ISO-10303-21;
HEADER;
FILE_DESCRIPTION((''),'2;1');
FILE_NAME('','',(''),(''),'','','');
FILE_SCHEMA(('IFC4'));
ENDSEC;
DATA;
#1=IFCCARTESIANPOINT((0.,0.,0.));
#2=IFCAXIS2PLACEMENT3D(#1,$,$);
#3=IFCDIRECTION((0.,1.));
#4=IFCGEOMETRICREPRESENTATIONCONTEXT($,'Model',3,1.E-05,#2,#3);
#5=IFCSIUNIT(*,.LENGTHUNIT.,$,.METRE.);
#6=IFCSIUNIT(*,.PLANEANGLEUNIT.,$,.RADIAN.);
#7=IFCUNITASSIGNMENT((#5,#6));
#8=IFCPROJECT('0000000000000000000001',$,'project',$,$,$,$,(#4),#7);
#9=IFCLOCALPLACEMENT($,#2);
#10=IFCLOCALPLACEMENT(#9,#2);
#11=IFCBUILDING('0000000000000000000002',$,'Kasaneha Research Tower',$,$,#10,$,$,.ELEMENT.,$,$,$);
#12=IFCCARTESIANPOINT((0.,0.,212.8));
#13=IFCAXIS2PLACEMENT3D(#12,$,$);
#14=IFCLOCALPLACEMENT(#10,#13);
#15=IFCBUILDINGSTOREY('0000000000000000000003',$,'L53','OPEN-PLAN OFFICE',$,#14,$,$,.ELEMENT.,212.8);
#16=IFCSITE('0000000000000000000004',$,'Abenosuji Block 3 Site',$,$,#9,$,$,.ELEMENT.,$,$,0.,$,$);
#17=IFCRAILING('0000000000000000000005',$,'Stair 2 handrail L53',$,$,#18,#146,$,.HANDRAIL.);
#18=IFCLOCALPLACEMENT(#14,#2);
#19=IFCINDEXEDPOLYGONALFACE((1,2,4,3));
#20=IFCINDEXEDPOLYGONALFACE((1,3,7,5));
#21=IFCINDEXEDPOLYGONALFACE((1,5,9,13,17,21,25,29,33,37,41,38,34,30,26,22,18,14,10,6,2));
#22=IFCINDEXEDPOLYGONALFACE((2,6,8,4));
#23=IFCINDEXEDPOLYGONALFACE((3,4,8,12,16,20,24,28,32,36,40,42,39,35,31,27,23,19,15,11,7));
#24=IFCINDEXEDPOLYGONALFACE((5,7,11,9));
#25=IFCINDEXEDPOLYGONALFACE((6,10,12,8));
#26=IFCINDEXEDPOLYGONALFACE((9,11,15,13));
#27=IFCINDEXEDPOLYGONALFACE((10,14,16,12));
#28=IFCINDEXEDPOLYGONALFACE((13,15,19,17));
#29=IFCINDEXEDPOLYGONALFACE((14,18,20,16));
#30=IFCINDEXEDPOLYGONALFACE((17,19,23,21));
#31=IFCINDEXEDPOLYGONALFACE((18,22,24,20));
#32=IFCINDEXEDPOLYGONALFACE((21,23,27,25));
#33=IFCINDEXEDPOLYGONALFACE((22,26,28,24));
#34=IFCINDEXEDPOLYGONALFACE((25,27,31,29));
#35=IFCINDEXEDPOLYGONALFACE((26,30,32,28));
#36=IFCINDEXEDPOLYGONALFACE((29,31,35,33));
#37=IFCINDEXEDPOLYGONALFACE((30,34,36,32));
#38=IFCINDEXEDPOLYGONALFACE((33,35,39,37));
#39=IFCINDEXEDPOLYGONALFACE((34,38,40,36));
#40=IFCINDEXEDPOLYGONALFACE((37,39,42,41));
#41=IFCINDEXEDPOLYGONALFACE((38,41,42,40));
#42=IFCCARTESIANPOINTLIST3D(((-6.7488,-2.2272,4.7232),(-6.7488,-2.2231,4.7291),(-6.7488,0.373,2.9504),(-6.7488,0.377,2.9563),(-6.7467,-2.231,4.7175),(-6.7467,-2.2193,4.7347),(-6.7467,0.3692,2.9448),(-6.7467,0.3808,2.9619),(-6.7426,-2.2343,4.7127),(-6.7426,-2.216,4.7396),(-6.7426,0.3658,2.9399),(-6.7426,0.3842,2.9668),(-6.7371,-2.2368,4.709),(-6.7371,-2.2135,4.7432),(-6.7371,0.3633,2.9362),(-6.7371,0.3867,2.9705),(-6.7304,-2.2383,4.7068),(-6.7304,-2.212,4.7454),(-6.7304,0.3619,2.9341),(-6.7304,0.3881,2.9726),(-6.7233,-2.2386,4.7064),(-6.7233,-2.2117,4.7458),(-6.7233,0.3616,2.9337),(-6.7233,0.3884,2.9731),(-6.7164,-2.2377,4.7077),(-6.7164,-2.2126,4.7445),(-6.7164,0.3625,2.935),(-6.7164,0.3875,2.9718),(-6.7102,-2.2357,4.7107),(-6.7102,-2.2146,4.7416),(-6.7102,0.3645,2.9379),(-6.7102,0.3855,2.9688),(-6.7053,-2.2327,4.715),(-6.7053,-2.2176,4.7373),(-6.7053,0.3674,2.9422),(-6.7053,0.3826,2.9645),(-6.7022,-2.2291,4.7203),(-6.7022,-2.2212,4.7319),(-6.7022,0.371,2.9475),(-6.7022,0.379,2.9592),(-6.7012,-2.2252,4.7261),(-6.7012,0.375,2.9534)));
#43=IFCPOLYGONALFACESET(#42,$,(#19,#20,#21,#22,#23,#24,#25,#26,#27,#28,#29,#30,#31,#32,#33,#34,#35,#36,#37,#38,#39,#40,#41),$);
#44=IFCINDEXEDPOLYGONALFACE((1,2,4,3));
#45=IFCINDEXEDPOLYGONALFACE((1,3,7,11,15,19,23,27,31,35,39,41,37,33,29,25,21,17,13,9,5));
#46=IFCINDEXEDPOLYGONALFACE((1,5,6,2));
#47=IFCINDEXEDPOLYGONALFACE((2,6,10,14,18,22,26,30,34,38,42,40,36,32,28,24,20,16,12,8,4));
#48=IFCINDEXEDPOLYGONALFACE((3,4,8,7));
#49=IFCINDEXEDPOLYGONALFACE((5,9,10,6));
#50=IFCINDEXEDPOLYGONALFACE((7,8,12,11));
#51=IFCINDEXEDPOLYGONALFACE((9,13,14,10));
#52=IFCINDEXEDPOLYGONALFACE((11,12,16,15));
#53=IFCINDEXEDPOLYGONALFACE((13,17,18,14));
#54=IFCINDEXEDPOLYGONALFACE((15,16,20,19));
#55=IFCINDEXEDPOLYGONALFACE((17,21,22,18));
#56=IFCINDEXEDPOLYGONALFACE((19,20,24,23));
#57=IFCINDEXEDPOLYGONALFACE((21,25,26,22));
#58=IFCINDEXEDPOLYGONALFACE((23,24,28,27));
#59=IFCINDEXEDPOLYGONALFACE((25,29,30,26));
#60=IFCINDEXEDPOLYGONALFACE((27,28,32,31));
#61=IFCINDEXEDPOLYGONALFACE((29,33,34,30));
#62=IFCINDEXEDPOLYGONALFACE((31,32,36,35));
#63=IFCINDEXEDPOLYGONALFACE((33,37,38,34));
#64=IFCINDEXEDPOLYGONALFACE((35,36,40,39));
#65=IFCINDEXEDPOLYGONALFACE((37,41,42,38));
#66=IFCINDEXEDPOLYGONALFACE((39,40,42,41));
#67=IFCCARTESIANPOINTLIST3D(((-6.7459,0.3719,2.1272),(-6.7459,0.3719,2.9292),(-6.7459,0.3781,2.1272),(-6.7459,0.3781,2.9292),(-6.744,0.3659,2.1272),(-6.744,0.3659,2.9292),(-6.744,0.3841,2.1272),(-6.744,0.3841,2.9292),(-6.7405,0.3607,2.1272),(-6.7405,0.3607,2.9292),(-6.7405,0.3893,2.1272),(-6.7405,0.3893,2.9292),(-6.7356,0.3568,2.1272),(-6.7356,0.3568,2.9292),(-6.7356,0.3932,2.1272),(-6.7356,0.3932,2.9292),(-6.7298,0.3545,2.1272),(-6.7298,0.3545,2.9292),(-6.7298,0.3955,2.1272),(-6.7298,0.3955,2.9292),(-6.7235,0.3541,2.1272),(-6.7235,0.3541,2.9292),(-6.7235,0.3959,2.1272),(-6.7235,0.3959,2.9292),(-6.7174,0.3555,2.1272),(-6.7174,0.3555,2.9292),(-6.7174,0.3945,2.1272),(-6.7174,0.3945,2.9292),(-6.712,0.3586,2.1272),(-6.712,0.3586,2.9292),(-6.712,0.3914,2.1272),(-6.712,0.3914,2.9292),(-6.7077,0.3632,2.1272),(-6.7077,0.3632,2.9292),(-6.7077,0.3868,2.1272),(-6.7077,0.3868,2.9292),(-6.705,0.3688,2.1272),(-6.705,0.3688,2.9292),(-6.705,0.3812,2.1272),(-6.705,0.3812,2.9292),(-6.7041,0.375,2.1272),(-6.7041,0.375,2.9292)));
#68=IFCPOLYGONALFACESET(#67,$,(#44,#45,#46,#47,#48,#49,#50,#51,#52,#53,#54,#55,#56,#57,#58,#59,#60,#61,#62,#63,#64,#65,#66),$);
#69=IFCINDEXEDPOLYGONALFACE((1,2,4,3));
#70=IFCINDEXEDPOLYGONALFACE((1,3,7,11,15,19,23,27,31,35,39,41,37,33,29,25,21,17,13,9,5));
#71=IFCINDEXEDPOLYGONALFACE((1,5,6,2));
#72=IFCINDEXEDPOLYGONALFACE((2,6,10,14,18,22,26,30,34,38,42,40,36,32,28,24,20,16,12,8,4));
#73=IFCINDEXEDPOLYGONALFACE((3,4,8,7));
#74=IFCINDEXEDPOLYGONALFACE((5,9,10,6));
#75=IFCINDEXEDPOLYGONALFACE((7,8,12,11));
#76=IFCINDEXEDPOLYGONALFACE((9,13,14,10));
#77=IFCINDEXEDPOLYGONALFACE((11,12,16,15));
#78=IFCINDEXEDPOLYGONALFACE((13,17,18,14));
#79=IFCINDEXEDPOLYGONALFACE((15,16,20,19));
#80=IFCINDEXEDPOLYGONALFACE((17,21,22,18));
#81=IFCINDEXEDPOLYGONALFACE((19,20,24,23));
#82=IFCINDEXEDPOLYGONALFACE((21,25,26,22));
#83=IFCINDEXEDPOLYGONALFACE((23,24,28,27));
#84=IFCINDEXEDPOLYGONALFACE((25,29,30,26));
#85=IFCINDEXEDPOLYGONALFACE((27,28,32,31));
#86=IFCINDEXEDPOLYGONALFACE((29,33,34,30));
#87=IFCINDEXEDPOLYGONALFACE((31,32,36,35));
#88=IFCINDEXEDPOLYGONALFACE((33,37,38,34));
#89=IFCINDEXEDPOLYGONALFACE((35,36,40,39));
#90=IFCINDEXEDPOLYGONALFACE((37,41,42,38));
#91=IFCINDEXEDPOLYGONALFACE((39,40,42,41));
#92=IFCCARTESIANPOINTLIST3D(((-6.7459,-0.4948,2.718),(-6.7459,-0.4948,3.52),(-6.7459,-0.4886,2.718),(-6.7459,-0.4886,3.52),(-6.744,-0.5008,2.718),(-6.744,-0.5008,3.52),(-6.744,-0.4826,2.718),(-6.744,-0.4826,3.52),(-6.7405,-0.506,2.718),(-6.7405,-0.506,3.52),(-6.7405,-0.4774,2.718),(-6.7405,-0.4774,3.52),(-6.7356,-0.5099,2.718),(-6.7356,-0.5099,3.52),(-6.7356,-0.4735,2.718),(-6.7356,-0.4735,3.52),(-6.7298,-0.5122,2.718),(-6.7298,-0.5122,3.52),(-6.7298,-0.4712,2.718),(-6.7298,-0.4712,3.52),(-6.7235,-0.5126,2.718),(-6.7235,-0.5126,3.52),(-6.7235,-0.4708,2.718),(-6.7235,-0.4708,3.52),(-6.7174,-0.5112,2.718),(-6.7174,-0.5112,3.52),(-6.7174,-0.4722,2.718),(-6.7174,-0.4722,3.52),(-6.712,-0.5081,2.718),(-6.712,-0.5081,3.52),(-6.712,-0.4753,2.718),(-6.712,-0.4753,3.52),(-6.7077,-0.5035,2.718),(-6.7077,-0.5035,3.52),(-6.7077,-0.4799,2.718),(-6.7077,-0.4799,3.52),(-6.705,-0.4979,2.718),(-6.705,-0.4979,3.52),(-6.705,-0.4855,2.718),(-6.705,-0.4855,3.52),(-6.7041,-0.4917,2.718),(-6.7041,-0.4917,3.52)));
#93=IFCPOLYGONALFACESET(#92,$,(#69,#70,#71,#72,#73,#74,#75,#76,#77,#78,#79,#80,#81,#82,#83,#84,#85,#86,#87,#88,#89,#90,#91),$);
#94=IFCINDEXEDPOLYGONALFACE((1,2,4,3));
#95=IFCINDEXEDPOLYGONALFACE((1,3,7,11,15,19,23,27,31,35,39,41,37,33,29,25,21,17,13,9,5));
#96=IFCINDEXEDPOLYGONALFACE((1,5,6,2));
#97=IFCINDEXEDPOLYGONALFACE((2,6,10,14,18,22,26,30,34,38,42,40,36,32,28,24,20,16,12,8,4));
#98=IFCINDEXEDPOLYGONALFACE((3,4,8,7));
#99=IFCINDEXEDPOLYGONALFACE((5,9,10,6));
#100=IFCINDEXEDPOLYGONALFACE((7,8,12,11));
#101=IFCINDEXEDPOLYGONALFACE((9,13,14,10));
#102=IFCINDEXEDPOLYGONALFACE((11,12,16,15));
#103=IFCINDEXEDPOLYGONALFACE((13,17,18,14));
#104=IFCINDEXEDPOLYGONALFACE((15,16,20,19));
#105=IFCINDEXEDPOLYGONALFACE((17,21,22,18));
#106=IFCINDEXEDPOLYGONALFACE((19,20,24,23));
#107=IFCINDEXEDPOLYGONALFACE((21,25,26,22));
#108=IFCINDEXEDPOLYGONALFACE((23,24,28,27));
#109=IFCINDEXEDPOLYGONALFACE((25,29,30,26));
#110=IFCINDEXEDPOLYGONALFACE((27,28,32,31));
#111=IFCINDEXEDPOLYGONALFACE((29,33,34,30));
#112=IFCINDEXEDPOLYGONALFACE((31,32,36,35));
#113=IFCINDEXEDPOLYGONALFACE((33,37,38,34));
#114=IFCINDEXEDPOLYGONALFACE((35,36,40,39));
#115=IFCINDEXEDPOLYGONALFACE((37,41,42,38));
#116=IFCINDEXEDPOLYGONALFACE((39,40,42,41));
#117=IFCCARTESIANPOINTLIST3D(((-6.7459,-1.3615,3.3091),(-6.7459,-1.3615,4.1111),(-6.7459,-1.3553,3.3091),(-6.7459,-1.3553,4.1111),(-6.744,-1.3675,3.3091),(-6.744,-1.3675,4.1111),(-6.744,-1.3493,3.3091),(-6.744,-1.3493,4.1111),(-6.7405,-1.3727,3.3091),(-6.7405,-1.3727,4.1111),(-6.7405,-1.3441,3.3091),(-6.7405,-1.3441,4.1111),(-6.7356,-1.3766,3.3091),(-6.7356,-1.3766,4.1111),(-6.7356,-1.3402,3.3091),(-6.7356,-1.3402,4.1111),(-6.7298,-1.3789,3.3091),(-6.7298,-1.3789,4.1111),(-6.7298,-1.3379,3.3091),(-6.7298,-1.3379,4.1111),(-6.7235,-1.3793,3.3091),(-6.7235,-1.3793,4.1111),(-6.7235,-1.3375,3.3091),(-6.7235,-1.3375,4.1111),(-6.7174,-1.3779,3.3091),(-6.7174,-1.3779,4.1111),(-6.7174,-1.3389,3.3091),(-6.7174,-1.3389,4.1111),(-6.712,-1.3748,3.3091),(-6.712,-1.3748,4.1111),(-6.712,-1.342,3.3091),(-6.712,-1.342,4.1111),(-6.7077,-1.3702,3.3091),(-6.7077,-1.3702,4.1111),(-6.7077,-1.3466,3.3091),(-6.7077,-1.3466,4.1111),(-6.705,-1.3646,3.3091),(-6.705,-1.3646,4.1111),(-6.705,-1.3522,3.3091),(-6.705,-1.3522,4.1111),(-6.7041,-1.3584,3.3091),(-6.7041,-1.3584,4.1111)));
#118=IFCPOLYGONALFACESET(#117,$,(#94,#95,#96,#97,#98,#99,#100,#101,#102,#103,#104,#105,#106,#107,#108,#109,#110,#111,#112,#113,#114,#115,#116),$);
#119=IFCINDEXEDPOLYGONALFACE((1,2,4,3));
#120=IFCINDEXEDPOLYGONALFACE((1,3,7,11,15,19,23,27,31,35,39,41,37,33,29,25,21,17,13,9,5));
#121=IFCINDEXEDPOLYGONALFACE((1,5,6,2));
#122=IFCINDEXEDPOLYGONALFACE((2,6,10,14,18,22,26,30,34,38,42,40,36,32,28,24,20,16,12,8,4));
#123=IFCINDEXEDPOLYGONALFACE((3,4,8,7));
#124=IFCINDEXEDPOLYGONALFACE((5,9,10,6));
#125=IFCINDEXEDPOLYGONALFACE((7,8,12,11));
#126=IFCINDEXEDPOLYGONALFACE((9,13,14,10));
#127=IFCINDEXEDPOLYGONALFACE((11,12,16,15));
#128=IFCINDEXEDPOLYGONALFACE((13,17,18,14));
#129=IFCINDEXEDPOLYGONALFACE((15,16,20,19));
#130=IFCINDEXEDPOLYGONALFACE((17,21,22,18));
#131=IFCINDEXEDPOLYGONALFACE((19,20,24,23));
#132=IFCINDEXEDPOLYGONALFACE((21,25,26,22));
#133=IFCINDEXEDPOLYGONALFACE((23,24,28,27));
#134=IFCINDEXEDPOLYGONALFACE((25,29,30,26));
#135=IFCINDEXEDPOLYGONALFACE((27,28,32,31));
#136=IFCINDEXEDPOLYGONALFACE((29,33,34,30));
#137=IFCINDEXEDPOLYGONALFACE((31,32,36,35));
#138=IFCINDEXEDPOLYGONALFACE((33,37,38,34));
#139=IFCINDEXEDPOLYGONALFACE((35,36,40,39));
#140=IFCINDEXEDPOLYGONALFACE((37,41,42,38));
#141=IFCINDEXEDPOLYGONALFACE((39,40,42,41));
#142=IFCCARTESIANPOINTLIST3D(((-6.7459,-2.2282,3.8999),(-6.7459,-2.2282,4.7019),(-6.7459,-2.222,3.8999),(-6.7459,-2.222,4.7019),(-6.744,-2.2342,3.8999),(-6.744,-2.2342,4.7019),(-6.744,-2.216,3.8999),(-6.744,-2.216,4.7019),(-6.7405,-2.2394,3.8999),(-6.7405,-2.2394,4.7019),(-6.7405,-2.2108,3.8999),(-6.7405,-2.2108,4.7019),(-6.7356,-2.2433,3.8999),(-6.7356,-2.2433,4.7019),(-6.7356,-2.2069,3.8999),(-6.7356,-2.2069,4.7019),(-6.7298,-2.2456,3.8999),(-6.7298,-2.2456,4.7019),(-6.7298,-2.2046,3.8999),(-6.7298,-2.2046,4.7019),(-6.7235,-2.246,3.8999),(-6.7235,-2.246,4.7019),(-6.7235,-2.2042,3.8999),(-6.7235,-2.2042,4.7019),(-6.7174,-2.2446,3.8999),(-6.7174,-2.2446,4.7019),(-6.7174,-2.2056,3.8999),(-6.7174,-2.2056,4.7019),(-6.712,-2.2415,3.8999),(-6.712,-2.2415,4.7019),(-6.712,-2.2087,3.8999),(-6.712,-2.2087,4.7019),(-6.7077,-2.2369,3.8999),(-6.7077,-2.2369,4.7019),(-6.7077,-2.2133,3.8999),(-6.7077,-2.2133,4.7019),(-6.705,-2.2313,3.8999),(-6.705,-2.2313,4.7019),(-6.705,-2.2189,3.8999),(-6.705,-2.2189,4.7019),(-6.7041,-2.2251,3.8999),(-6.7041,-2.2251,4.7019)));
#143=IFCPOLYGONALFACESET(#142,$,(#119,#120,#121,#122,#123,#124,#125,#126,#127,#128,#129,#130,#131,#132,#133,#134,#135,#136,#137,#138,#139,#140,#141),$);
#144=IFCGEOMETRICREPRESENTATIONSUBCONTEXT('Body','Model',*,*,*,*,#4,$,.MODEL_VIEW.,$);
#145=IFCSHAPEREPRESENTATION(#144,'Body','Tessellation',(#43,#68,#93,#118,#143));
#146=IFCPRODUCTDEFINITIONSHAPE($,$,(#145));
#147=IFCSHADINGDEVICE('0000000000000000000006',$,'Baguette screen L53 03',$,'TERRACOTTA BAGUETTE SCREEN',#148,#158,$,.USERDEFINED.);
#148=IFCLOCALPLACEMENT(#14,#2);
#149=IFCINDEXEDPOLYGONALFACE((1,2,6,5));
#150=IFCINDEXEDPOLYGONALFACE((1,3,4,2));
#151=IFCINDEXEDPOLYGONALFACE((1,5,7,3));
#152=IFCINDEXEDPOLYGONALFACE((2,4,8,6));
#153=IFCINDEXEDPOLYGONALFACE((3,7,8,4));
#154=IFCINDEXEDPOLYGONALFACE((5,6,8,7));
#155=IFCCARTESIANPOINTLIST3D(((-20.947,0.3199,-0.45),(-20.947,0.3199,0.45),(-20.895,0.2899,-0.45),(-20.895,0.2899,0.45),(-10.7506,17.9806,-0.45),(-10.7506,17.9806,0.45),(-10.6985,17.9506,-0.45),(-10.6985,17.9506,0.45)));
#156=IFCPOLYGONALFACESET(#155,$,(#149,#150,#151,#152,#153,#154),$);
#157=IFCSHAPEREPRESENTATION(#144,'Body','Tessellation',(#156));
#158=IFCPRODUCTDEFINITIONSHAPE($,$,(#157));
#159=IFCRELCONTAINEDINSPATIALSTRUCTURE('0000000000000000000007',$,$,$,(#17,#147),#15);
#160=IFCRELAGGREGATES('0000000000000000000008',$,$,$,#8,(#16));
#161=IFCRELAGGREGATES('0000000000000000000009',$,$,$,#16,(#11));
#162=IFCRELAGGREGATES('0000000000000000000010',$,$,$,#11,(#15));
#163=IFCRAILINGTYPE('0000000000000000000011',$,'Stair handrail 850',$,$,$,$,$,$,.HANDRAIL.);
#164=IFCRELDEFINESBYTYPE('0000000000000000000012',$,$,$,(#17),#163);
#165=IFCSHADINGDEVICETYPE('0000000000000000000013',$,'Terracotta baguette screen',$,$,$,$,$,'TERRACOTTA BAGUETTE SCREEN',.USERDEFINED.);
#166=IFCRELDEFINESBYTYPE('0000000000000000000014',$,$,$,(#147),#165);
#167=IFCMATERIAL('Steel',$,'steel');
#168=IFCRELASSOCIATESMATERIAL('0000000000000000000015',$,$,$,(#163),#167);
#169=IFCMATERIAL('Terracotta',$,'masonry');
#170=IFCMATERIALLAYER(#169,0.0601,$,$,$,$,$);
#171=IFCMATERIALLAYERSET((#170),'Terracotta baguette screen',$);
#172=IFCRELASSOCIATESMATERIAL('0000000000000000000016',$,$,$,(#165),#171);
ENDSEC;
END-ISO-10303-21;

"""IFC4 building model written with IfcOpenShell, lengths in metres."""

from ifc_helpers import new_model, si_unit, direction, frame, origin, origin_2d, place, context, subcontext, project, spatial, rectangle, circle, extrude, material, layer, layer_set, type_object, element, save


model = new_model("IFC4")

# Units and contexts
model_context = context("Model", 3, precision=1e-05, world=origin(), true_north=direction((0.0, 1.0)))
body_context = subcontext(model_context, "Body", "Model", "MODEL_VIEW")
ifc_project = project(units=[si_unit("LENGTHUNIT", "METRE"), si_unit("PLANEANGLEUNIT", "RADIAN")], contexts=[model_context])

# Site, building, storey
site_placement = place(None, origin())
site = spatial("IfcSite", under=ifc_project, at=site_placement, Name="Abenosuji Block 3 Site", CompositionType="ELEMENT", RefElevation=0.0)
building_placement = place(site_placement, origin())
building = spatial("IfcBuilding", under=site, at=building_placement, Name="Kasaneha Research Tower", CompositionType="ELEMENT")
storey_placement = place(building_placement, frame((0.0, 0.0, 212.8)))
storey = spatial("IfcBuildingStorey", under=building, at=storey_placement, Name="L53", Description="OPEN-PLAN OFFICE", CompositionType="ELEMENT", Elevation=212.8)

# Railing
ifc_material_1 = material(Name="Steel", Category="steel")
railing_type_1 = type_object("IfcRailingType", Name="Stair handrail 850", PredefinedType="HANDRAIL", material=ifc_material_1)
railing_1_placement = place(storey_placement, frame((-6.7251, 0.375, 2.1272)))
element("IfcRailing", 1, at=railing_1_placement, inside=storey, type_object=railing_type_1, Name="Stair 2 handrail L53", PredefinedType="HANDRAIL", context=body_context, shape_type="SweptSolid", body=[
    extrude(circle(Radius=0.0239, at=origin_2d()), frame((0.0, 0.0, 0.8262), z_axis=(0.0, -0.82624, 0.563318), x_axis=(1.0, 0.0, 0.0)), (0.0, 0.0, 1.0), 3.147),
    extrude(circle(Radius=0.021, at=origin_2d()), origin(), (0.0, 0.0, 1.0), 0.802),
    extrude(circle(Radius=0.021, at=origin_2d()), frame((0.0, -0.8667, 0.5908)), (0.0, 0.0, 1.0), 0.802),
    extrude(circle(Radius=0.021, at=origin_2d()), frame((0.0, -1.7334, 1.1819)), (0.0, 0.0, 1.0), 0.802),
    extrude(circle(Radius=0.021, at=origin_2d()), frame((0.0, -2.6001, 1.7727)), (0.0, 0.0, 1.0), 0.802),
])

# Shading device
ifc_material_2 = material(Name="Terracotta", Category="masonry")
ifc_layer_1 = layer(ifc_material_2, 0.0601)
ifc_layer_set_1 = layer_set([ifc_layer_1], Name="Terracotta baguette screen")
shading_device_type = type_object("IfcShadingDeviceType", Name="Terracotta baguette screen", ElementType="TERRACOTTA BAGUETTE SCREEN", PredefinedType="USERDEFINED", material=ifc_layer_set_1)
shading_device_placement = place(storey_placement, frame((-15.8228, 9.1353, -0.45), z_axis=(0.0, 0.0, 1.0), x_axis=(-0.5, -0.866025, 0.0)))
element("IfcShadingDevice", 2, at=shading_device_placement, inside=storey, type_object=shading_device_type, Name="Baguette screen L53 03", ObjectType="TERRACOTTA BAGUETTE SCREEN", PredefinedType="USERDEFINED", context=body_context, shape_type="SweptSolid", body=[
    extrude(rectangle(XDim=20.3928, YDim=0.0601, at=origin_2d()), origin(), (0.0, 0.0, 1.0), 0.8999),
])

save(model, "model.ifc")
